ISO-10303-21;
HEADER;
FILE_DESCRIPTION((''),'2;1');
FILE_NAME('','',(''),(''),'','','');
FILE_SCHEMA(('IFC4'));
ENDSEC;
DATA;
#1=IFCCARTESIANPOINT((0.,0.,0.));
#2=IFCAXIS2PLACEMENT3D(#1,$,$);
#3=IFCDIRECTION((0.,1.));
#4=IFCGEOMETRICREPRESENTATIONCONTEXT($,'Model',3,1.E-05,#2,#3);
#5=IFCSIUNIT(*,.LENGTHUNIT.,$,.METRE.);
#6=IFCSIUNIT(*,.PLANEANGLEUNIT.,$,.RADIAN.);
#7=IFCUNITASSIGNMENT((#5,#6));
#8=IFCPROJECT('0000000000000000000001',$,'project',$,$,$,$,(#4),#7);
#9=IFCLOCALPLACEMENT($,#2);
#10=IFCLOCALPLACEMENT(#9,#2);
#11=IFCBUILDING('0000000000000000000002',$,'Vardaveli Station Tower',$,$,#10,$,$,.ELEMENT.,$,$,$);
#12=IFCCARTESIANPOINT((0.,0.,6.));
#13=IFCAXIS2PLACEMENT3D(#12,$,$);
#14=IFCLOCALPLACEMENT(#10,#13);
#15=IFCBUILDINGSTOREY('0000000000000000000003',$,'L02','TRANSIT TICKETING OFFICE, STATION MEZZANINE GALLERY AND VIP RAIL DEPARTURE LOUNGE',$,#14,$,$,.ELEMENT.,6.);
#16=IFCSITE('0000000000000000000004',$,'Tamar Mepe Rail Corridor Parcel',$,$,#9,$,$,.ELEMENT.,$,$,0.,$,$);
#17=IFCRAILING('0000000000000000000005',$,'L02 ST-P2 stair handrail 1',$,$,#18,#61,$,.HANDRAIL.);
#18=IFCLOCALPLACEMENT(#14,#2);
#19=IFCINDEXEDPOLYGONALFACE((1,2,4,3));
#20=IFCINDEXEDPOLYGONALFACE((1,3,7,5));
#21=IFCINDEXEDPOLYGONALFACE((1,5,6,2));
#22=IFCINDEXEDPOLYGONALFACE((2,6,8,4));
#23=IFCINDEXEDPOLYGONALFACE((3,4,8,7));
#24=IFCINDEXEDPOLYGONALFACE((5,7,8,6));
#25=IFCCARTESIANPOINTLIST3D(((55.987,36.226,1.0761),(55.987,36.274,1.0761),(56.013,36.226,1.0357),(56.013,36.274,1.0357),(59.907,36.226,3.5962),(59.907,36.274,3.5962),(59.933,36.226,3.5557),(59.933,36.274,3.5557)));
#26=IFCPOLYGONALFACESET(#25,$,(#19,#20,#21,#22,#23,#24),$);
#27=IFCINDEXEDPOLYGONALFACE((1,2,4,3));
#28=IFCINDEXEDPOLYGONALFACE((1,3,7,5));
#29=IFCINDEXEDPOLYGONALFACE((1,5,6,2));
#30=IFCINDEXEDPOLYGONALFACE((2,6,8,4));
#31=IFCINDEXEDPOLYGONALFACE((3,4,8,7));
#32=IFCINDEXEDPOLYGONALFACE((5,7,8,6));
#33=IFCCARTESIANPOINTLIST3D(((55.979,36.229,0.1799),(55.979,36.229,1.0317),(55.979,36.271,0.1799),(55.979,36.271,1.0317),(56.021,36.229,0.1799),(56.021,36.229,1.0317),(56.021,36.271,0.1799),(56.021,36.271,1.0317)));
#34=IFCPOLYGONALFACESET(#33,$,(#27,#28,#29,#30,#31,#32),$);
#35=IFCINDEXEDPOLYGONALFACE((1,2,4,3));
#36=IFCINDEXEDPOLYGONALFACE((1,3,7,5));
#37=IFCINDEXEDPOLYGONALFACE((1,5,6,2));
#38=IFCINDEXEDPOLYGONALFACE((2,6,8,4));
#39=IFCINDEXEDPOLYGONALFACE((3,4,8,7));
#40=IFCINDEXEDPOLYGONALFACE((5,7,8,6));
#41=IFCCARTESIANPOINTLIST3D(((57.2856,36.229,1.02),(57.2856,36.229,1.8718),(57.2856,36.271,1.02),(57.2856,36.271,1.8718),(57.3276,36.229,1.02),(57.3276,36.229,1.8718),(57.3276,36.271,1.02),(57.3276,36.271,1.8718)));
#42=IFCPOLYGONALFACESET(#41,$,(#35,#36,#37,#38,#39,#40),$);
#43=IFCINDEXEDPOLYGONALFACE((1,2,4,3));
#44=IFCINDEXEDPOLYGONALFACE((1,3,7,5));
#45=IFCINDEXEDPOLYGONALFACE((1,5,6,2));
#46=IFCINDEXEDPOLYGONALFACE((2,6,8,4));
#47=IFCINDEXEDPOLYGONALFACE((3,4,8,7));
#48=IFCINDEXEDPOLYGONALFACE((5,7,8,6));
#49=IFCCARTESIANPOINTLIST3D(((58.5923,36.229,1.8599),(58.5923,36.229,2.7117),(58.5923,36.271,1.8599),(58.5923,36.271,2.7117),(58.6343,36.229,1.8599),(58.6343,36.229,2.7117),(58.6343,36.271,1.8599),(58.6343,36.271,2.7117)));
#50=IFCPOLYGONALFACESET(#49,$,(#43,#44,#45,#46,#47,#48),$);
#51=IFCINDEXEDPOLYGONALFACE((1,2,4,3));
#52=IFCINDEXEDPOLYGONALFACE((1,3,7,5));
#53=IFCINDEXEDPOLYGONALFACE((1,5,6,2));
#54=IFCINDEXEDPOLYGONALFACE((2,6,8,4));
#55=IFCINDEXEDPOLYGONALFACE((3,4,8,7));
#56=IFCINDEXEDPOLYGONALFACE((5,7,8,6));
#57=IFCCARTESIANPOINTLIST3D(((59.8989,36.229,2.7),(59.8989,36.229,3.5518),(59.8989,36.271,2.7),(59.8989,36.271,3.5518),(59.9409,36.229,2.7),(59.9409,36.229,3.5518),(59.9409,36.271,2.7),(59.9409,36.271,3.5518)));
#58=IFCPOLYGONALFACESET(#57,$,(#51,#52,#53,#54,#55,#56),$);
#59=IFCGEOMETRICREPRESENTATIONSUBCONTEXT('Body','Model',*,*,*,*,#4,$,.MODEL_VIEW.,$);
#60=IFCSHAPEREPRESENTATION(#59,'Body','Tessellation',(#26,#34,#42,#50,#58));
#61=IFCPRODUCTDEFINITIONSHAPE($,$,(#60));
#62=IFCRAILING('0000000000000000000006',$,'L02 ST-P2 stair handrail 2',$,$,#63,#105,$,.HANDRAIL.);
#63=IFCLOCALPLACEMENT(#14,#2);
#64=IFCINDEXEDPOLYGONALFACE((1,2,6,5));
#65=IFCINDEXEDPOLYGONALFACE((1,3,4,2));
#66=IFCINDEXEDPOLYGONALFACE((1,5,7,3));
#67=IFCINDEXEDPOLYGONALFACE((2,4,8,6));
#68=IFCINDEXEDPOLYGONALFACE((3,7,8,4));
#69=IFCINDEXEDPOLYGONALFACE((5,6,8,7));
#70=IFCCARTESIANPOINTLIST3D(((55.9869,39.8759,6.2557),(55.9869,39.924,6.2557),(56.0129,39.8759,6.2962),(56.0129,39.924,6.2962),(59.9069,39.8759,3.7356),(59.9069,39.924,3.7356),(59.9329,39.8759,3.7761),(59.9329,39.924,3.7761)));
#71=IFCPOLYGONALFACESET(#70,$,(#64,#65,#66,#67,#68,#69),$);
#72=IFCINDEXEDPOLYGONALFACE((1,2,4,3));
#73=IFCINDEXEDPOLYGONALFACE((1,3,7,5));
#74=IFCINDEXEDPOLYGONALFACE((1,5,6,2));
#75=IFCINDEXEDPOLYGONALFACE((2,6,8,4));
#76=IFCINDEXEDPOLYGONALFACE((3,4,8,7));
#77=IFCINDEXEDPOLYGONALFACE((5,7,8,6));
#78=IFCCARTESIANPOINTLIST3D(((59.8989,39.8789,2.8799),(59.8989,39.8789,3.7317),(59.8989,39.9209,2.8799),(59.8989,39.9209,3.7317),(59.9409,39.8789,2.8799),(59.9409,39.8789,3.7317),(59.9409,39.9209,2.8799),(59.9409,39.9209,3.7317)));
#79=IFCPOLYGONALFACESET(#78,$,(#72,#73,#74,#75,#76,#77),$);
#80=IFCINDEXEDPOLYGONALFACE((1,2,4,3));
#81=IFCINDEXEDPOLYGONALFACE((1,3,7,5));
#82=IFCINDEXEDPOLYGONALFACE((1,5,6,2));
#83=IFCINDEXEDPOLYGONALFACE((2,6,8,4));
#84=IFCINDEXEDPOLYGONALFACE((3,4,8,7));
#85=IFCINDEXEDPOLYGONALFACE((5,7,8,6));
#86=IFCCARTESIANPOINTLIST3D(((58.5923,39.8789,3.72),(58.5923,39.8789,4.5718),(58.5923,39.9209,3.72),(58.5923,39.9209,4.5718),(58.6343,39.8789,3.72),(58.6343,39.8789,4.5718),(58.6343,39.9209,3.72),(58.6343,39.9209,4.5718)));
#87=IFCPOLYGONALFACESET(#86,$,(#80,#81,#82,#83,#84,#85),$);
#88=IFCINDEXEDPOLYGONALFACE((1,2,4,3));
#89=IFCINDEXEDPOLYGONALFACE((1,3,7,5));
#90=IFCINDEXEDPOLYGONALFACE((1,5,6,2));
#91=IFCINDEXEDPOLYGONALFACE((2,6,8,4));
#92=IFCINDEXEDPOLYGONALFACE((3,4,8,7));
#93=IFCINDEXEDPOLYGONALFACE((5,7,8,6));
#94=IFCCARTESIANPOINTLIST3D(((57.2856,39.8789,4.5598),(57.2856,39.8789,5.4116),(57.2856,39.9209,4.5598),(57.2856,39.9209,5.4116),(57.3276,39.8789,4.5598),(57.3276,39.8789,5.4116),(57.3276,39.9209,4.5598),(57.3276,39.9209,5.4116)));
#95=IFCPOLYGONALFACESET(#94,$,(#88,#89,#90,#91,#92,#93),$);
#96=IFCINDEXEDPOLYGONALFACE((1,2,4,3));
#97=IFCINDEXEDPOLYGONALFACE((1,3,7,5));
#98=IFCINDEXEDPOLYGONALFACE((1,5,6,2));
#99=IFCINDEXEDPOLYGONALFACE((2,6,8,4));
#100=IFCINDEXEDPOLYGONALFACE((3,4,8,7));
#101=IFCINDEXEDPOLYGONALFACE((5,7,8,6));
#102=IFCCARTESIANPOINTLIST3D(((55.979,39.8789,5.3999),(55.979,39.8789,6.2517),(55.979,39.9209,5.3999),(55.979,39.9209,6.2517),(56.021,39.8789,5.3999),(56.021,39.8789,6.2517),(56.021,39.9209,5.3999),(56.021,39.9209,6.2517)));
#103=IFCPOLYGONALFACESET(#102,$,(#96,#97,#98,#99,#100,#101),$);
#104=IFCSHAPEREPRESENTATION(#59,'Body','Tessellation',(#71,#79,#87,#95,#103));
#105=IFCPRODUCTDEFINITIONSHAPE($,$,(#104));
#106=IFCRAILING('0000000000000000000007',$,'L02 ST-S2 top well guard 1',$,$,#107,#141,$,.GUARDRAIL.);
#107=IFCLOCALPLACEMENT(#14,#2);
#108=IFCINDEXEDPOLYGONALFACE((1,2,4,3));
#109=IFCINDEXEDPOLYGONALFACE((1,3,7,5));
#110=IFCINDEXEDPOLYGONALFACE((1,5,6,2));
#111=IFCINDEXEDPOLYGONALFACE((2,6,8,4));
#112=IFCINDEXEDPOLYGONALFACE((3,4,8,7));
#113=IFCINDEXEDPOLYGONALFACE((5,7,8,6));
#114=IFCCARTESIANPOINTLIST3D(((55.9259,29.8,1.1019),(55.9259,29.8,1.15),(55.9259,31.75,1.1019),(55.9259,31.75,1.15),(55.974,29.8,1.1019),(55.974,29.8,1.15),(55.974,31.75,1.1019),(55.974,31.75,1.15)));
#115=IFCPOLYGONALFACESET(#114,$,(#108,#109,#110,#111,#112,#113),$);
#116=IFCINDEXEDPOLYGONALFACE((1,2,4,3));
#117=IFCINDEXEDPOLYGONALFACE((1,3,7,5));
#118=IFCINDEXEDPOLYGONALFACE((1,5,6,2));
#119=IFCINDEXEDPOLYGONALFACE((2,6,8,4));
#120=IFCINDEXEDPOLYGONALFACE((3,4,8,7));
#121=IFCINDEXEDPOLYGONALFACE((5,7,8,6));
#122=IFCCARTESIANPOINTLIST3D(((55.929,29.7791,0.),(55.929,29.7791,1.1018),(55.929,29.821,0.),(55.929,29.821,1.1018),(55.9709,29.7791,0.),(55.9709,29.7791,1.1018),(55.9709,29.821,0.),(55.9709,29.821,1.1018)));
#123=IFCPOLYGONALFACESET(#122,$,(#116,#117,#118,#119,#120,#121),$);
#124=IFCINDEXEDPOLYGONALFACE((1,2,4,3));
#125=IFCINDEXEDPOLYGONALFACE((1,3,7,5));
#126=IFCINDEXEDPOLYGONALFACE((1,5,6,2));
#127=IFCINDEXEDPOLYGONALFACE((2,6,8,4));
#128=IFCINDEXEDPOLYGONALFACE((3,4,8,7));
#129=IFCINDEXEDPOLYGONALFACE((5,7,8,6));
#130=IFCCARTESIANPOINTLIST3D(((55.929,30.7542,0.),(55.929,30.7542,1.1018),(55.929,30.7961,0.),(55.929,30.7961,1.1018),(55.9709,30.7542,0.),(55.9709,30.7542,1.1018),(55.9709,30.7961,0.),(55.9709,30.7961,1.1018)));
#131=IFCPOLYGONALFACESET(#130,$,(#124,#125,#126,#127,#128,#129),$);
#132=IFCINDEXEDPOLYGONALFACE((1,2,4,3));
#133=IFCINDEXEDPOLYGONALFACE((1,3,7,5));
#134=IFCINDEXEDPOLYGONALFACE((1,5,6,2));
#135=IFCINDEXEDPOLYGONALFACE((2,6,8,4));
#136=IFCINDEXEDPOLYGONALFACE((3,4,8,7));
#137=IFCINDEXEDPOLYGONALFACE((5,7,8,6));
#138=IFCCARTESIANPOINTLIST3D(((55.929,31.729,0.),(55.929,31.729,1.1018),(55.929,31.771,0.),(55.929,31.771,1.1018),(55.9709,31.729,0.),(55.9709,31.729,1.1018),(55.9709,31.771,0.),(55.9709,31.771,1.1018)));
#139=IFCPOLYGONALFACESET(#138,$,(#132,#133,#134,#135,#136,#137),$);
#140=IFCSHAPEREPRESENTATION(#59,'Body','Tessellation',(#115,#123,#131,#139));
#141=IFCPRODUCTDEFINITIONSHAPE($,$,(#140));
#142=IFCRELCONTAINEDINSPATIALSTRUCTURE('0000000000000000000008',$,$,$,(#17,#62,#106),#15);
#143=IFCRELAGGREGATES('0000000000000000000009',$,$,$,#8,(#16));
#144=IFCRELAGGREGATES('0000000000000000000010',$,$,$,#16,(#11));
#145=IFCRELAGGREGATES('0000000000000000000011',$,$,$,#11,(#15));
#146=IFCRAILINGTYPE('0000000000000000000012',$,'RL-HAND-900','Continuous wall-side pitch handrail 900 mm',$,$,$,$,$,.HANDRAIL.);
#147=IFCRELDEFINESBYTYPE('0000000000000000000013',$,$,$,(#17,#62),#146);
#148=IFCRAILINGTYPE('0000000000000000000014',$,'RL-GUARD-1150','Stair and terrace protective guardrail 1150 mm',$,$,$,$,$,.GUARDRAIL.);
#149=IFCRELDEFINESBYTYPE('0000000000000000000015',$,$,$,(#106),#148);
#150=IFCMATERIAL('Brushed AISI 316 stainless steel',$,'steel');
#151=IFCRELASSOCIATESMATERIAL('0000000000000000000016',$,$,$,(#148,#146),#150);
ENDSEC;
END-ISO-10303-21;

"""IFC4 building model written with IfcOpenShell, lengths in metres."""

from ifc_helpers import new_model, si_unit, direction, frame, origin, origin_2d, place, context, subcontext, project, spatial, rectangle, extrude, source, transform, mapped, material, type_object, element, save


model = new_model("IFC4")

# Units and contexts
model_context = context("Model", 3, precision=1e-05, world=origin(), true_north=direction((0.0, 1.0)))
body_context = subcontext(model_context, "Body", "Model", "MODEL_VIEW")
ifc_project = project(units=[si_unit("LENGTHUNIT", "METRE"), si_unit("PLANEANGLEUNIT", "RADIAN")], contexts=[model_context])

# Site, building, storey
site_placement = place(None, origin())
site = spatial("IfcSite", under=ifc_project, at=site_placement, Name="Tamar Mepe Rail Corridor Parcel", CompositionType="ELEMENT", RefElevation=0.0)
building_placement = place(site_placement, origin())
building = spatial("IfcBuilding", under=site, at=building_placement, Name="Vardaveli Station Tower", CompositionType="ELEMENT")
storey_placement = place(building_placement, frame((0.0, 0.0, 6.0)))
storey = spatial("IfcBuildingStorey", under=building, at=storey_placement, Name="L02", Description="TRANSIT TICKETING OFFICE, STATION MEZZANINE GALLERY AND VIP RAIL DEPARTURE LOUNGE", CompositionType="ELEMENT", Elevation=6.0)

# Railings
ifc_material_1 = material(Name="Brushed AISI 316 stainless steel", Category="steel")
railing_type_1 = type_object("IfcRailingType", Name="RL-GUARD-1150", Description="Stair and terrace protective guardrail 1150 mm", PredefinedType="GUARDRAIL", material=ifc_material_1)
railing_type_2 = type_object("IfcRailingType", Name="RL-HAND-900", Description="Continuous wall-side pitch handrail 900 mm", PredefinedType="HANDRAIL", material=ifc_material_1)
shared_shape_1 = source(origin(), body_context, "Body", "SweptSolid", [
    extrude(rectangle(XDim=0.0481, YDim=0.0481, at=origin_2d()), frame((0.0, 0.0, 0.876), z_axis=(0.841172, 0.0, 0.540768), x_axis=(0.0, 1.0, 0.0)), (0.0, 0.0, 1.0), 4.6602),
    extrude(rectangle(XDim=0.042, YDim=0.042, at=origin_2d()), origin(), (0.0, 0.0, 1.0), 0.8518),
    extrude(rectangle(XDim=0.042, YDim=0.042, at=origin_2d()), frame((1.3066, 0.0, 0.8401)), (0.0, 0.0, 1.0), 0.8518),
    extrude(rectangle(XDim=0.042, YDim=0.042, at=origin_2d()), frame((2.6133, 0.0, 1.6799)), (0.0, 0.0, 1.0), 0.8518),
    extrude(rectangle(XDim=0.042, YDim=0.042, at=origin_2d()), frame((3.9199, 0.0, 2.52)), (0.0, 0.0, 1.0), 0.8518),
])
railing_1_placement = place(storey_placement, frame((56.0, 36.25, 0.1799)))
element("IfcRailing", 1, at=railing_1_placement, inside=storey, type_object=railing_type_2, Name="L02 ST-P2 stair handrail 1", PredefinedType="HANDRAIL", context=body_context, shape_type="MappedRepresentation", body=[
    mapped(shared_shape_1, transform((0.0, 0.0, 0.0), scale=1.0)),
])
shared_shape_2 = source(origin(), body_context, "Body", "SweptSolid", [
    extrude(rectangle(XDim=0.0481, YDim=0.0481, at=origin_2d()), frame((0.0, 0.0, 0.876), z_axis=(-0.841172, 0.0, 0.540768), x_axis=(0.0, -1.0, 0.0)), (0.0, 0.0, 1.0), 4.6602),
    extrude(rectangle(XDim=0.042, YDim=0.042, at=origin_2d()), origin(), (0.0, 0.0, 1.0), 0.8518),
    extrude(rectangle(XDim=0.042, YDim=0.042, at=origin_2d()), frame((-1.3066, 0.0, 0.8401)), (0.0, 0.0, 1.0), 0.8518),
    extrude(rectangle(XDim=0.042, YDim=0.042, at=origin_2d()), frame((-2.6133, 0.0, 1.6799)), (0.0, 0.0, 1.0), 0.8518),
    extrude(rectangle(XDim=0.042, YDim=0.042, at=origin_2d()), frame((-3.9199, 0.0, 2.52)), (0.0, 0.0, 1.0), 0.8518),
])
railing_2_placement = place(storey_placement, frame((59.9199, 39.8999, 2.8799)))
element("IfcRailing", 2, at=railing_2_placement, inside=storey, type_object=railing_type_2, Name="L02 ST-P2 stair handrail 2", PredefinedType="HANDRAIL", context=body_context, shape_type="MappedRepresentation", body=[
    mapped(shared_shape_2, transform((0.0, 0.0, 0.0), scale=1.0)),
])
shared_shape_3 = source(origin(), body_context, "Body", "SweptSolid", [
    extrude(rectangle(XDim=0.0481, YDim=0.0481, at=origin_2d()), frame((0.0, 0.0, 1.126), z_axis=(0.0, 1.0, 0.0), x_axis=(-1.0, 0.0, 0.0)), (0.0, 0.0, 1.0), 1.95),
    extrude(rectangle(XDim=0.042, YDim=0.042, at=origin_2d()), origin(), (0.0, 0.0, 1.0), 1.1018),
    extrude(rectangle(XDim=0.042, YDim=0.042, at=origin_2d()), frame((0.0, 0.9751, 0.0)), (0.0, 0.0, 1.0), 1.1018),
    extrude(rectangle(XDim=0.042, YDim=0.042, at=origin_2d()), frame((0.0, 1.95, 0.0)), (0.0, 0.0, 1.0), 1.1018),
])
railing_3_placement = place(storey_placement, frame((55.95, 29.8, 0.0)))
element("IfcRailing", 3, at=railing_3_placement, inside=storey, type_object=railing_type_1, Name="L02 ST-S2 top well guard 1", PredefinedType="GUARDRAIL", context=body_context, shape_type="MappedRepresentation", body=[
    mapped(shared_shape_3, transform((0.0, 0.0, 0.0), scale=1.0)),
])

save(model, "model.ifc")
